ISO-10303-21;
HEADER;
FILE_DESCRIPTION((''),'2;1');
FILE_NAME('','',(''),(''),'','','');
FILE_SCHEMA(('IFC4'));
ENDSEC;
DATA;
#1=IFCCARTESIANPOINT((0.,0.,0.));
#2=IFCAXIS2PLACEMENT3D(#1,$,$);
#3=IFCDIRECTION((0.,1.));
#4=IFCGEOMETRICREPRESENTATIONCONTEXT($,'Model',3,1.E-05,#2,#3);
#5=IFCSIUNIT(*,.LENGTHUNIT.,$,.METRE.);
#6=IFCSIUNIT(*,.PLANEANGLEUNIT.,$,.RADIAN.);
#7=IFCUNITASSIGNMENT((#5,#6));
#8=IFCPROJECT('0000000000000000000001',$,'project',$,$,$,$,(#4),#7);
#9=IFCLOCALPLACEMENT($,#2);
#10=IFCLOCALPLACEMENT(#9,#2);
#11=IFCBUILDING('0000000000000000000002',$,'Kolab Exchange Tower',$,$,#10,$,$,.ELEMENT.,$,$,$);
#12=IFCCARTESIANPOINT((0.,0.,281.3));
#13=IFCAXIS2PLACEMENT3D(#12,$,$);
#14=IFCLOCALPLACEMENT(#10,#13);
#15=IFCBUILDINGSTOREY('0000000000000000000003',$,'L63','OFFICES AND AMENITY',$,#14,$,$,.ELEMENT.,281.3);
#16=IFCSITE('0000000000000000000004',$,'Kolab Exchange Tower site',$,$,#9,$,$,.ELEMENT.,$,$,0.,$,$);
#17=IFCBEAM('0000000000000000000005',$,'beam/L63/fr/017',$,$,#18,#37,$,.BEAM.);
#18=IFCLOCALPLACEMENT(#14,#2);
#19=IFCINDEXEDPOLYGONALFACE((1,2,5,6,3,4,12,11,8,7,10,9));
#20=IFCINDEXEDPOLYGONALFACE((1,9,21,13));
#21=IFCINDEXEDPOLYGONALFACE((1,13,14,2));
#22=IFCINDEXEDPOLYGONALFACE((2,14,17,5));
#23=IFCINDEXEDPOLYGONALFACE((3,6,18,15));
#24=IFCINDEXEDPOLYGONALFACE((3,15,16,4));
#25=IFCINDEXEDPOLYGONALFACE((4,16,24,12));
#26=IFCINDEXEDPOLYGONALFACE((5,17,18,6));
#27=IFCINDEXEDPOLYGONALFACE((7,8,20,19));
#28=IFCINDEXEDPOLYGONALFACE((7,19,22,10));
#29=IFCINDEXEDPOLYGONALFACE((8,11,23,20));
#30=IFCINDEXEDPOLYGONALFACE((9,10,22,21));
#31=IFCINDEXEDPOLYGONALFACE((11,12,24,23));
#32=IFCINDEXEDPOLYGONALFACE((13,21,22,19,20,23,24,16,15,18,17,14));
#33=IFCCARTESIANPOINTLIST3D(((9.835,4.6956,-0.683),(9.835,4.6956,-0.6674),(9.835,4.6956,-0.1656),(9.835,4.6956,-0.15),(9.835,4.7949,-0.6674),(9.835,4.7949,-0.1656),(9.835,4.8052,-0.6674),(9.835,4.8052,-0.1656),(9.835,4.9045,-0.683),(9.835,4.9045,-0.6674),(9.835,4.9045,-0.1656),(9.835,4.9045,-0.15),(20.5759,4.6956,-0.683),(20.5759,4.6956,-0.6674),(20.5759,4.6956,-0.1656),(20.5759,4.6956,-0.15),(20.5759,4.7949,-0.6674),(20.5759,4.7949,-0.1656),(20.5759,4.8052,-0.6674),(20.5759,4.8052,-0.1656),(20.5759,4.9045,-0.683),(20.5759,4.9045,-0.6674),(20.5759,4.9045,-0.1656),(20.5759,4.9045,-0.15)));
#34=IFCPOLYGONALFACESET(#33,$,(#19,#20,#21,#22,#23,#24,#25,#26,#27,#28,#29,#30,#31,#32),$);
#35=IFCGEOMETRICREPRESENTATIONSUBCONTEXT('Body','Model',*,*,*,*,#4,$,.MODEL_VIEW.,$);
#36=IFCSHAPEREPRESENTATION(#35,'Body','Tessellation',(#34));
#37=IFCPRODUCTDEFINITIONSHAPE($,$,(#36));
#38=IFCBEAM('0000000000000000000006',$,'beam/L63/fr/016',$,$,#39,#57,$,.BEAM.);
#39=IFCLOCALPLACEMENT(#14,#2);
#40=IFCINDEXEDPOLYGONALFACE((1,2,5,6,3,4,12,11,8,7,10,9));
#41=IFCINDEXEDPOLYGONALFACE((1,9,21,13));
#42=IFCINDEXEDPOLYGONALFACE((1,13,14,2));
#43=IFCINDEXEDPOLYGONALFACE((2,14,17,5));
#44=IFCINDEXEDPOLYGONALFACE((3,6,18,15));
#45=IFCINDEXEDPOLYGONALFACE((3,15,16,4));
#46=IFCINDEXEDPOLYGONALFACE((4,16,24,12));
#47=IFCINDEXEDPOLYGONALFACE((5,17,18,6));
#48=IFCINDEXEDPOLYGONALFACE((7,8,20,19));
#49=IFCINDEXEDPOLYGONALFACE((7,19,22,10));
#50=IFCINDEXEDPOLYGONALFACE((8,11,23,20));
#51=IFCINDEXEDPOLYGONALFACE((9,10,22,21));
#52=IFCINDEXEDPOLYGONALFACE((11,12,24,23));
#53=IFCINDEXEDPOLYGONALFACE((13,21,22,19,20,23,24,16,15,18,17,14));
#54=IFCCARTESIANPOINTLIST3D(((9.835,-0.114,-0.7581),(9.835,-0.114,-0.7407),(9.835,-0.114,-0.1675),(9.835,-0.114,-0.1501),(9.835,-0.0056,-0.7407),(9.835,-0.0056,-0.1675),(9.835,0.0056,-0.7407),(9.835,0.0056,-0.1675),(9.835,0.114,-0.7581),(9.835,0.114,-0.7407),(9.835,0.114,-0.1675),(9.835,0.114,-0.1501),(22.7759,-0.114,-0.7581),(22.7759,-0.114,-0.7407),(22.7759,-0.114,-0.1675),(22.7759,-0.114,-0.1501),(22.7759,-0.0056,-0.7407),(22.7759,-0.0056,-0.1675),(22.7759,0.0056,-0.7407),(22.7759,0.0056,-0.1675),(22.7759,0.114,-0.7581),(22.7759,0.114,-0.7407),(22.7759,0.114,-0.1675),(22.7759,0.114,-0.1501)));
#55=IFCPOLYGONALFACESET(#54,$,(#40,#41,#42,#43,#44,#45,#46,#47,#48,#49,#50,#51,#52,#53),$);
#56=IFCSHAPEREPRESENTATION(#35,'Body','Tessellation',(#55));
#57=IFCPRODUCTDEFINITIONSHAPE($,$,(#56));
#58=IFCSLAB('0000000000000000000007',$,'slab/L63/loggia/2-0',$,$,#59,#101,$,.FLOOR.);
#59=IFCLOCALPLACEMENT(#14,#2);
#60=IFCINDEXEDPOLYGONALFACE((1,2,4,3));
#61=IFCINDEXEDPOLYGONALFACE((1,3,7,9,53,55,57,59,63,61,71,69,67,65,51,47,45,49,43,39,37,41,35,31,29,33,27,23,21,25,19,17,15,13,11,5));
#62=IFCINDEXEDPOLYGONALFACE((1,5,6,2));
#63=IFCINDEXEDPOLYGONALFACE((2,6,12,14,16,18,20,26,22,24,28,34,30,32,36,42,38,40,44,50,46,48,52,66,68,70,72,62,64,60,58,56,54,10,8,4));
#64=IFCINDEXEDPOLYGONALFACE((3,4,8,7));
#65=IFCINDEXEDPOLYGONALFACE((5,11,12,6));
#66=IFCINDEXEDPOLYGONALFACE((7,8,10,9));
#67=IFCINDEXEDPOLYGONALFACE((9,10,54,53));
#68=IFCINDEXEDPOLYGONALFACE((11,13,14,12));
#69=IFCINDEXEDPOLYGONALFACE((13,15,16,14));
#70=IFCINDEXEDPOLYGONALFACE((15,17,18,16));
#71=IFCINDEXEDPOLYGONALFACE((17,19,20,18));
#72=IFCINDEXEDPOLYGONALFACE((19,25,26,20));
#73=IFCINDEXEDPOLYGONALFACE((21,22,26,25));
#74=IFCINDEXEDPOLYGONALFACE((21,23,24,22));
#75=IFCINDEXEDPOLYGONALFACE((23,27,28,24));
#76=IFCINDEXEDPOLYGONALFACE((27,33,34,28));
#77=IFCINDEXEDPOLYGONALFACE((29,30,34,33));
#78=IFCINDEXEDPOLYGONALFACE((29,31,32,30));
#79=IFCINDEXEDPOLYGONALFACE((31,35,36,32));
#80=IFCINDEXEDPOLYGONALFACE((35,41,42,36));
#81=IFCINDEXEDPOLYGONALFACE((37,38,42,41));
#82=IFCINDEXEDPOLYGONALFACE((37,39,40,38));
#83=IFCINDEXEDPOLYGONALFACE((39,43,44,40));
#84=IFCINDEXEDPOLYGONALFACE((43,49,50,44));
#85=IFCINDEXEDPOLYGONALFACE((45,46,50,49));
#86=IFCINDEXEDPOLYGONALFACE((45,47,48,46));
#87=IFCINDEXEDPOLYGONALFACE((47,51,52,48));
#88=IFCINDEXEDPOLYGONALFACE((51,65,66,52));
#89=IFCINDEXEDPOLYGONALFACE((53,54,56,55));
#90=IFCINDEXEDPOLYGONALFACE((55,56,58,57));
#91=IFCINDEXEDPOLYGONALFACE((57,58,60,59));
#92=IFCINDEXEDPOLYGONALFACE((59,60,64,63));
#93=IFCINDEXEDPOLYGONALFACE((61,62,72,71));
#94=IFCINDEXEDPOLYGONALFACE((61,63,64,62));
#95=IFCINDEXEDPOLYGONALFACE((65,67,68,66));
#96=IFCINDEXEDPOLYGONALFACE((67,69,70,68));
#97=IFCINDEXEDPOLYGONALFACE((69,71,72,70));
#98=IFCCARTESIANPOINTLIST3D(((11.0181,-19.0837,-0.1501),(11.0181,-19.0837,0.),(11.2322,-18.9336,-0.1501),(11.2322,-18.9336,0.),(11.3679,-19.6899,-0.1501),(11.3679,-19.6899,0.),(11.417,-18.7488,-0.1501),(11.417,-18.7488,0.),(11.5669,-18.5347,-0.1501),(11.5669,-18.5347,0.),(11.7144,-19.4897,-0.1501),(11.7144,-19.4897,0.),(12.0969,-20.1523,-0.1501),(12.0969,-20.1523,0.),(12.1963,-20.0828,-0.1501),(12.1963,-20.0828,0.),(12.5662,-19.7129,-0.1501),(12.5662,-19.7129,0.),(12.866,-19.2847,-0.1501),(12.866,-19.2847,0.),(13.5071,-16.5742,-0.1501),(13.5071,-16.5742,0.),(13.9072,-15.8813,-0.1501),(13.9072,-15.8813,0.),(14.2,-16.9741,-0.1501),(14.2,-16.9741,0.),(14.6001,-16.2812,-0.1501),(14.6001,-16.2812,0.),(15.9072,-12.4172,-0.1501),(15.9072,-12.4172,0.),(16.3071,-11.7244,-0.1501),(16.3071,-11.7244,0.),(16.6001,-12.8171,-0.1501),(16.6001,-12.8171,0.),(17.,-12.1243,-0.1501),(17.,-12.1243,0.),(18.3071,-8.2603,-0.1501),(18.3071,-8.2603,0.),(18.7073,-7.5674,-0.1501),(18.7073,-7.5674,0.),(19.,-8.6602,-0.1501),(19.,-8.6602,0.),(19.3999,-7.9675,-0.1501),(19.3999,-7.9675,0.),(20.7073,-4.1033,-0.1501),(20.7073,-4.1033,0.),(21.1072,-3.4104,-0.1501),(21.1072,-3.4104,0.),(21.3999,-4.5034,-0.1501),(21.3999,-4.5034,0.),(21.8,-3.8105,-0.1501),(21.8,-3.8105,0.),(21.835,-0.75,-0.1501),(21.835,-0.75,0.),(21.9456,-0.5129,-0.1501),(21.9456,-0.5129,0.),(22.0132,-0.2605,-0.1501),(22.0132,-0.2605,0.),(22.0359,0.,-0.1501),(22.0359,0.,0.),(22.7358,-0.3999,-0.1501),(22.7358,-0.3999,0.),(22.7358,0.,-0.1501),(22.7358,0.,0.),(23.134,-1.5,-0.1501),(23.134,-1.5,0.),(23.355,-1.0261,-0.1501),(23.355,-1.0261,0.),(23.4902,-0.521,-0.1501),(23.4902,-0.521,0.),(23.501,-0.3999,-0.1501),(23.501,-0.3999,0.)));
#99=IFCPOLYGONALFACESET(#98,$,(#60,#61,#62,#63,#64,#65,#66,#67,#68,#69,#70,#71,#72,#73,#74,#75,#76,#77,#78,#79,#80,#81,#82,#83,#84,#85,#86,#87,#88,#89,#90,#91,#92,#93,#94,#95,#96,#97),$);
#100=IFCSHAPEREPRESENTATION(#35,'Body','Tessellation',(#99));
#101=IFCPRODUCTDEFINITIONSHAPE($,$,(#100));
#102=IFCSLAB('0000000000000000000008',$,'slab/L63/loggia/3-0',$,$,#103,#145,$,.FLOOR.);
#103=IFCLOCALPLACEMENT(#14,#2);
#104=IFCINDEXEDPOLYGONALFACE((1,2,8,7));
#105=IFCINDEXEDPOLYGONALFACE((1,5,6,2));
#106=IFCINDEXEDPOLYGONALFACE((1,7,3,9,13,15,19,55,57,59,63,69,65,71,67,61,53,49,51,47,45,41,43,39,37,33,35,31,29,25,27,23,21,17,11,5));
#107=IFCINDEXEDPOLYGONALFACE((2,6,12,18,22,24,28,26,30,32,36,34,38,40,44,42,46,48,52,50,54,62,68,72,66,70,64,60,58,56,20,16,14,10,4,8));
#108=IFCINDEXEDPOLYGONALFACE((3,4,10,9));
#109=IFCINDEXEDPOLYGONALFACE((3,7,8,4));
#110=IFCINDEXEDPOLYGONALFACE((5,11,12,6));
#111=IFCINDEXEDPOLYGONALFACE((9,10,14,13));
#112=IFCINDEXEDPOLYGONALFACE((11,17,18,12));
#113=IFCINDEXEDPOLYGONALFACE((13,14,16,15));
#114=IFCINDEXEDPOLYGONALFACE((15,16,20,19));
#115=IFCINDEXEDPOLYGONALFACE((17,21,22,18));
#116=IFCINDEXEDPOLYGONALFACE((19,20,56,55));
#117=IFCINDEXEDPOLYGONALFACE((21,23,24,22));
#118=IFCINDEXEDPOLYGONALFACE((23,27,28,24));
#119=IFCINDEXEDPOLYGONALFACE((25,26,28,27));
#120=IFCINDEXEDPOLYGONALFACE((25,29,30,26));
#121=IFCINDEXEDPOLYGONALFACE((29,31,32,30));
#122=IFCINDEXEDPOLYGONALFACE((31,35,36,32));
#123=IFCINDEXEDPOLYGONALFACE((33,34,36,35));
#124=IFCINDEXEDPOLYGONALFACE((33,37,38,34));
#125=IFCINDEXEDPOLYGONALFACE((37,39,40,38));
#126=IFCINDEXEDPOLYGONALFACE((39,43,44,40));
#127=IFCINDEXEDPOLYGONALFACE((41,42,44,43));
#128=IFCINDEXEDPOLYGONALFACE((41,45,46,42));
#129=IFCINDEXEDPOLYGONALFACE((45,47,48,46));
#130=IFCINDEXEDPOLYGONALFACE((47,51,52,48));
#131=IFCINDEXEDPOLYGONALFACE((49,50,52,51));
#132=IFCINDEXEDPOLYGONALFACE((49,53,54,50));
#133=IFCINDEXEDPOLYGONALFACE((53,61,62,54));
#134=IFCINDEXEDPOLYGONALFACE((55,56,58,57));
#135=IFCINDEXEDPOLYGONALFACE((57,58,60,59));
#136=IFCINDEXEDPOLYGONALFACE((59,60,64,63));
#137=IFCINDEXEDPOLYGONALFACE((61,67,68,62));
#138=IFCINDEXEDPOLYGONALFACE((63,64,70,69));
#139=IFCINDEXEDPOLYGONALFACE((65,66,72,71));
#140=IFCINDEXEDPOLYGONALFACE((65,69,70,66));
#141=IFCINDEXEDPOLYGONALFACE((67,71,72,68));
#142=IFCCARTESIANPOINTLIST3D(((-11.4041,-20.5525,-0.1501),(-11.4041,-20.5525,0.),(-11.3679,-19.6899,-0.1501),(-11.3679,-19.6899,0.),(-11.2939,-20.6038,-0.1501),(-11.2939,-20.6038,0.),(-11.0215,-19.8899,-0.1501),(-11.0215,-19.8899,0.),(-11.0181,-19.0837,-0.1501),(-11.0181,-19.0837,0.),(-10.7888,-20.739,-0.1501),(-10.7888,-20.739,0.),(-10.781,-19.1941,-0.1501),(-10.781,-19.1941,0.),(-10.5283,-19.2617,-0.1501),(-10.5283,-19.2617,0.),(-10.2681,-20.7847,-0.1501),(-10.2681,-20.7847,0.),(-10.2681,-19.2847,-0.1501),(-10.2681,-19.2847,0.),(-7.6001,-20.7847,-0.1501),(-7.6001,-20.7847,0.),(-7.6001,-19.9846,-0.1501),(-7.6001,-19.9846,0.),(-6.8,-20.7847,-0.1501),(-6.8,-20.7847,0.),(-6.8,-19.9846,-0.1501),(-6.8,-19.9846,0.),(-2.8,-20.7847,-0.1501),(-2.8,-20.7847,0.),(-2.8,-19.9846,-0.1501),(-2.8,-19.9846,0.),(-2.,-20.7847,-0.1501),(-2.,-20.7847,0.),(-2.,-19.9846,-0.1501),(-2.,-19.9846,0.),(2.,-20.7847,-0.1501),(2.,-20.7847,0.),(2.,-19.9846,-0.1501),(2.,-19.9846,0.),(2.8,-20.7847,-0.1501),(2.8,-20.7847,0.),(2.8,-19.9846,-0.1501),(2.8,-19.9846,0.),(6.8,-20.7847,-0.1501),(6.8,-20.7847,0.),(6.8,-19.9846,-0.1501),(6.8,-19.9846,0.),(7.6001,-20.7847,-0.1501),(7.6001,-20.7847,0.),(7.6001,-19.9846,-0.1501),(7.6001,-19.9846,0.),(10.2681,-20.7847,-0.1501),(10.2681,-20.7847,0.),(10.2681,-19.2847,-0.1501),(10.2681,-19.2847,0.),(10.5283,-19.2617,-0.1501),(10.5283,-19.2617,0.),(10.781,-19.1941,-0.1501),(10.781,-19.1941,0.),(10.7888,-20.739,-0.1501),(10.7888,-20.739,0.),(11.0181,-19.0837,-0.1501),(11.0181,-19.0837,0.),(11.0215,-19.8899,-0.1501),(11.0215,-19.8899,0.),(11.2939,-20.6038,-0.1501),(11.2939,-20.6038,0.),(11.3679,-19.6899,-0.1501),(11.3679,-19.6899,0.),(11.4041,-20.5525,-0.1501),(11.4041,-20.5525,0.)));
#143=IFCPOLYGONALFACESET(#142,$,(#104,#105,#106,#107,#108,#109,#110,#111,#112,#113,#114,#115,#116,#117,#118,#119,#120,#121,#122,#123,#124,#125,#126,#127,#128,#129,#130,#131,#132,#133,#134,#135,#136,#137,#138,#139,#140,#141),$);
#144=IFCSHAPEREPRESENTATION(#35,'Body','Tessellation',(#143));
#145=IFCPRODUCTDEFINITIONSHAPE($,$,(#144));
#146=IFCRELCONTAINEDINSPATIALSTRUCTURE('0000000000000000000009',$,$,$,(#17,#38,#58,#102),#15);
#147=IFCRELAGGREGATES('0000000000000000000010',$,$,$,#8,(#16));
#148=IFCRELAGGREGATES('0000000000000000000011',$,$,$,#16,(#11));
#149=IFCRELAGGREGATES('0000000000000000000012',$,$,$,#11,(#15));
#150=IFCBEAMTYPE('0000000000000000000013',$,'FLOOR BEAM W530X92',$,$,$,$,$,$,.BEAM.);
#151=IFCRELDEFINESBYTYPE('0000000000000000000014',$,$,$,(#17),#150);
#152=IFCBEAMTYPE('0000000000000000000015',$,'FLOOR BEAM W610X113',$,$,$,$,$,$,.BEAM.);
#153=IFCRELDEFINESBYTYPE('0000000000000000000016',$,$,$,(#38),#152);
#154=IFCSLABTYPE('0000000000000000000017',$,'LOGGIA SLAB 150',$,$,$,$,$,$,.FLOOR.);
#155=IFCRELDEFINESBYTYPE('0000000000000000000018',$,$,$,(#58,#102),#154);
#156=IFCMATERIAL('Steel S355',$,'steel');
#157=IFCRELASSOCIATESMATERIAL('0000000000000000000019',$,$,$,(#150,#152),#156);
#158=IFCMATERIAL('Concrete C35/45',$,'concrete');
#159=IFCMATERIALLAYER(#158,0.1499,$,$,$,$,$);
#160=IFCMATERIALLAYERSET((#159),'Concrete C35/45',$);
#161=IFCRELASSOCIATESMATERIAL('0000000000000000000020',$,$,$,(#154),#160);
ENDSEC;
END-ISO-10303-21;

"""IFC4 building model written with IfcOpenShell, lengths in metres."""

from ifc_helpers import new_model, si_unit, direction, frame, origin, origin_2d, place, context, subcontext, project, spatial, polyline, i_section, outline, extrude, material, layer, layer_set, material_profile, profile_set, type_object, element, save


model = new_model("IFC4")

# Units and contexts
model_context = context("Model", 3, precision=1e-05, world=origin(), true_north=direction((0.0, 1.0)))
body_context = subcontext(model_context, "Body", "Model", "MODEL_VIEW")
ifc_project = project(units=[si_unit("LENGTHUNIT", "METRE"), si_unit("PLANEANGLEUNIT", "RADIAN")], contexts=[model_context])

# Site, building, storey
site_placement = place(None, origin())
site = spatial("IfcSite", under=ifc_project, at=site_placement, Name="Kolab Exchange Tower site", CompositionType="ELEMENT", RefElevation=0.0)
building_placement = place(site_placement, origin())
building = spatial("IfcBuilding", under=site, at=building_placement, Name="Kolab Exchange Tower", CompositionType="ELEMENT")
storey_placement = place(building_placement, frame((0.0, 0.0, 281.3)))
storey = spatial("IfcBuildingStorey", under=building, at=storey_placement, Name="L63", Description="OFFICES AND AMENITY", CompositionType="ELEMENT", Elevation=281.3)

# Beams
ifc_material_1 = material(Name="Steel S355", Category="steel")
ifc_material_profile_1 = material_profile(ifc_material_1, i_section(OverallWidth=0.209, OverallDepth=0.533, WebThickness=0.0103, FlangeThickness=0.0156, at=origin_2d()), Name="W530X92")
ifc_profile_set_1 = profile_set([ifc_material_profile_1], Name="Steel S355")
beam_type_1 = type_object("IfcBeamType", Name="FLOOR BEAM W530X92", PredefinedType="BEAM", material=ifc_profile_set_1)
beam_1_placement = place(storey_placement, frame((9.835, 4.8, -0.4165), z_axis=(1.0, 0.0, 0.0), x_axis=(0.0, 1.0, 0.0)))
element("IfcBeam", 1, at=beam_1_placement, inside=storey, type_object=beam_type_1, Name="beam/L63/fr/017", PredefinedType="BEAM", context=body_context, shape_type="SweptSolid", body=[
    extrude(i_section(OverallWidth=0.209, OverallDepth=0.533, WebThickness=0.0103, FlangeThickness=0.0156, at=origin_2d()), origin(), (0.0, 0.0, 1.0), 10.741),
])
ifc_material_profile_2 = material_profile(ifc_material_1, i_section(OverallWidth=0.228, OverallDepth=0.6079, WebThickness=0.0112, FlangeThickness=0.0173, at=origin_2d()), Name="W610X113")
ifc_profile_set_2 = profile_set([ifc_material_profile_2], Name="Steel S355")
beam_type_2 = type_object("IfcBeamType", Name="FLOOR BEAM W610X113", PredefinedType="BEAM", material=ifc_profile_set_2)
beam_2_placement = place(storey_placement, frame((9.835, 0.0, -0.4541), z_axis=(1.0, 0.0, 0.0), x_axis=(0.0, 1.0, 0.0)))
element("IfcBeam", 2, at=beam_2_placement, inside=storey, type_object=beam_type_2, Name="beam/L63/fr/016", PredefinedType="BEAM", context=body_context, shape_type="SweptSolid", body=[
    extrude(i_section(OverallWidth=0.228, OverallDepth=0.6079, WebThickness=0.0112, FlangeThickness=0.0173, at=origin_2d()), origin(), (0.0, 0.0, 1.0), 12.9409),
])

# Slabs
ifc_material_2 = material(Name="Concrete C35/45", Category="concrete")
ifc_layer_1 = layer(ifc_material_2, 0.1499)
ifc_layer_set_1 = layer_set([ifc_layer_1], Name="Concrete C35/45")
slab_type_1 = type_object("IfcSlabType", Name="LOGGIA SLAB 150", PredefinedType="FLOOR", material=ifc_layer_set_1)
slab_1_placement = place(storey_placement, frame((0.0, 0.0, -0.1501)))
element("IfcSlab", 3, at=slab_1_placement, inside=storey, type_object=slab_type_1, Name="slab/L63/loggia/2-0", PredefinedType="FLOOR", context=body_context, shape_type="SweptSolid", body=[
    extrude(outline(polyline([(12.866, -19.2847), (14.2, -16.9741), (13.5071, -16.5742), (13.9072, -15.8813), (14.6001, -16.2812), (16.6001, -12.8171), (15.9072, -12.4172), (16.3071, -11.7244), (17.0, -12.1243), (19.0, -8.6602), (18.3071, -8.2603), (18.7073, -7.5674), (19.3999, -7.9675), (21.3999, -4.5034), (20.7073, -4.1033), (21.1072, -3.4104), (21.8, -3.8105), (23.134, -1.5), (23.355, -1.0261), (23.4902, -0.521), (23.501, -0.3999), (22.7358, -0.3999), (22.7358, 0.0), (22.0359, 0.0), (22.0132, -0.2605), (21.9456, -0.5129), (21.835, -0.75), (11.5669, -18.5347), (11.417, -18.7488), (11.2322, -18.9336), (11.0181, -19.0837), (11.3679, -19.6899), (11.7144, -19.4897), (12.0969, -20.1523), (12.1963, -20.0828), (12.5662, -19.7129), (12.866, -19.2847)])), origin(), (0.0, 0.0, 1.0), 0.1501),
])
slab_2_placement = place(storey_placement, frame((0.0, 0.0, -0.1501)))
element("IfcSlab", 4, at=slab_2_placement, inside=storey, type_object=slab_type_1, Name="slab/L63/loggia/3-0", PredefinedType="FLOOR", context=body_context, shape_type="SweptSolid", body=[
    extrude(outline(polyline([(-11.0181, -19.0837), (-11.3679, -19.6899), (-11.0215, -19.8899), (-11.4041, -20.5525), (-11.2939, -20.6038), (-10.7888, -20.739), (-10.2681, -20.7847), (-7.6001, -20.7847), (-7.6001, -19.9846), (-6.8, -19.9846), (-6.8, -20.7847), (-2.8, -20.7847), (-2.8, -19.9846), (-2.0, -19.9846), (-2.0, -20.7847), (2.0, -20.7847), (2.0, -19.9846), (2.8, -19.9846), (2.8, -20.7847), (6.8, -20.7847), (6.8, -19.9846), (7.6001, -19.9846), (7.6001, -20.7847), (10.2681, -20.7847), (10.7888, -20.739), (11.2939, -20.6038), (11.4041, -20.5525), (11.0215, -19.8899), (11.3679, -19.6899), (11.0181, -19.0837), (10.781, -19.1941), (10.5283, -19.2617), (10.2681, -19.2847), (-10.2681, -19.2847), (-10.5283, -19.2617), (-10.781, -19.1941), (-11.0181, -19.0837)])), origin(), (0.0, 0.0, 1.0), 0.1501),
])

save(model, "model.ifc")
